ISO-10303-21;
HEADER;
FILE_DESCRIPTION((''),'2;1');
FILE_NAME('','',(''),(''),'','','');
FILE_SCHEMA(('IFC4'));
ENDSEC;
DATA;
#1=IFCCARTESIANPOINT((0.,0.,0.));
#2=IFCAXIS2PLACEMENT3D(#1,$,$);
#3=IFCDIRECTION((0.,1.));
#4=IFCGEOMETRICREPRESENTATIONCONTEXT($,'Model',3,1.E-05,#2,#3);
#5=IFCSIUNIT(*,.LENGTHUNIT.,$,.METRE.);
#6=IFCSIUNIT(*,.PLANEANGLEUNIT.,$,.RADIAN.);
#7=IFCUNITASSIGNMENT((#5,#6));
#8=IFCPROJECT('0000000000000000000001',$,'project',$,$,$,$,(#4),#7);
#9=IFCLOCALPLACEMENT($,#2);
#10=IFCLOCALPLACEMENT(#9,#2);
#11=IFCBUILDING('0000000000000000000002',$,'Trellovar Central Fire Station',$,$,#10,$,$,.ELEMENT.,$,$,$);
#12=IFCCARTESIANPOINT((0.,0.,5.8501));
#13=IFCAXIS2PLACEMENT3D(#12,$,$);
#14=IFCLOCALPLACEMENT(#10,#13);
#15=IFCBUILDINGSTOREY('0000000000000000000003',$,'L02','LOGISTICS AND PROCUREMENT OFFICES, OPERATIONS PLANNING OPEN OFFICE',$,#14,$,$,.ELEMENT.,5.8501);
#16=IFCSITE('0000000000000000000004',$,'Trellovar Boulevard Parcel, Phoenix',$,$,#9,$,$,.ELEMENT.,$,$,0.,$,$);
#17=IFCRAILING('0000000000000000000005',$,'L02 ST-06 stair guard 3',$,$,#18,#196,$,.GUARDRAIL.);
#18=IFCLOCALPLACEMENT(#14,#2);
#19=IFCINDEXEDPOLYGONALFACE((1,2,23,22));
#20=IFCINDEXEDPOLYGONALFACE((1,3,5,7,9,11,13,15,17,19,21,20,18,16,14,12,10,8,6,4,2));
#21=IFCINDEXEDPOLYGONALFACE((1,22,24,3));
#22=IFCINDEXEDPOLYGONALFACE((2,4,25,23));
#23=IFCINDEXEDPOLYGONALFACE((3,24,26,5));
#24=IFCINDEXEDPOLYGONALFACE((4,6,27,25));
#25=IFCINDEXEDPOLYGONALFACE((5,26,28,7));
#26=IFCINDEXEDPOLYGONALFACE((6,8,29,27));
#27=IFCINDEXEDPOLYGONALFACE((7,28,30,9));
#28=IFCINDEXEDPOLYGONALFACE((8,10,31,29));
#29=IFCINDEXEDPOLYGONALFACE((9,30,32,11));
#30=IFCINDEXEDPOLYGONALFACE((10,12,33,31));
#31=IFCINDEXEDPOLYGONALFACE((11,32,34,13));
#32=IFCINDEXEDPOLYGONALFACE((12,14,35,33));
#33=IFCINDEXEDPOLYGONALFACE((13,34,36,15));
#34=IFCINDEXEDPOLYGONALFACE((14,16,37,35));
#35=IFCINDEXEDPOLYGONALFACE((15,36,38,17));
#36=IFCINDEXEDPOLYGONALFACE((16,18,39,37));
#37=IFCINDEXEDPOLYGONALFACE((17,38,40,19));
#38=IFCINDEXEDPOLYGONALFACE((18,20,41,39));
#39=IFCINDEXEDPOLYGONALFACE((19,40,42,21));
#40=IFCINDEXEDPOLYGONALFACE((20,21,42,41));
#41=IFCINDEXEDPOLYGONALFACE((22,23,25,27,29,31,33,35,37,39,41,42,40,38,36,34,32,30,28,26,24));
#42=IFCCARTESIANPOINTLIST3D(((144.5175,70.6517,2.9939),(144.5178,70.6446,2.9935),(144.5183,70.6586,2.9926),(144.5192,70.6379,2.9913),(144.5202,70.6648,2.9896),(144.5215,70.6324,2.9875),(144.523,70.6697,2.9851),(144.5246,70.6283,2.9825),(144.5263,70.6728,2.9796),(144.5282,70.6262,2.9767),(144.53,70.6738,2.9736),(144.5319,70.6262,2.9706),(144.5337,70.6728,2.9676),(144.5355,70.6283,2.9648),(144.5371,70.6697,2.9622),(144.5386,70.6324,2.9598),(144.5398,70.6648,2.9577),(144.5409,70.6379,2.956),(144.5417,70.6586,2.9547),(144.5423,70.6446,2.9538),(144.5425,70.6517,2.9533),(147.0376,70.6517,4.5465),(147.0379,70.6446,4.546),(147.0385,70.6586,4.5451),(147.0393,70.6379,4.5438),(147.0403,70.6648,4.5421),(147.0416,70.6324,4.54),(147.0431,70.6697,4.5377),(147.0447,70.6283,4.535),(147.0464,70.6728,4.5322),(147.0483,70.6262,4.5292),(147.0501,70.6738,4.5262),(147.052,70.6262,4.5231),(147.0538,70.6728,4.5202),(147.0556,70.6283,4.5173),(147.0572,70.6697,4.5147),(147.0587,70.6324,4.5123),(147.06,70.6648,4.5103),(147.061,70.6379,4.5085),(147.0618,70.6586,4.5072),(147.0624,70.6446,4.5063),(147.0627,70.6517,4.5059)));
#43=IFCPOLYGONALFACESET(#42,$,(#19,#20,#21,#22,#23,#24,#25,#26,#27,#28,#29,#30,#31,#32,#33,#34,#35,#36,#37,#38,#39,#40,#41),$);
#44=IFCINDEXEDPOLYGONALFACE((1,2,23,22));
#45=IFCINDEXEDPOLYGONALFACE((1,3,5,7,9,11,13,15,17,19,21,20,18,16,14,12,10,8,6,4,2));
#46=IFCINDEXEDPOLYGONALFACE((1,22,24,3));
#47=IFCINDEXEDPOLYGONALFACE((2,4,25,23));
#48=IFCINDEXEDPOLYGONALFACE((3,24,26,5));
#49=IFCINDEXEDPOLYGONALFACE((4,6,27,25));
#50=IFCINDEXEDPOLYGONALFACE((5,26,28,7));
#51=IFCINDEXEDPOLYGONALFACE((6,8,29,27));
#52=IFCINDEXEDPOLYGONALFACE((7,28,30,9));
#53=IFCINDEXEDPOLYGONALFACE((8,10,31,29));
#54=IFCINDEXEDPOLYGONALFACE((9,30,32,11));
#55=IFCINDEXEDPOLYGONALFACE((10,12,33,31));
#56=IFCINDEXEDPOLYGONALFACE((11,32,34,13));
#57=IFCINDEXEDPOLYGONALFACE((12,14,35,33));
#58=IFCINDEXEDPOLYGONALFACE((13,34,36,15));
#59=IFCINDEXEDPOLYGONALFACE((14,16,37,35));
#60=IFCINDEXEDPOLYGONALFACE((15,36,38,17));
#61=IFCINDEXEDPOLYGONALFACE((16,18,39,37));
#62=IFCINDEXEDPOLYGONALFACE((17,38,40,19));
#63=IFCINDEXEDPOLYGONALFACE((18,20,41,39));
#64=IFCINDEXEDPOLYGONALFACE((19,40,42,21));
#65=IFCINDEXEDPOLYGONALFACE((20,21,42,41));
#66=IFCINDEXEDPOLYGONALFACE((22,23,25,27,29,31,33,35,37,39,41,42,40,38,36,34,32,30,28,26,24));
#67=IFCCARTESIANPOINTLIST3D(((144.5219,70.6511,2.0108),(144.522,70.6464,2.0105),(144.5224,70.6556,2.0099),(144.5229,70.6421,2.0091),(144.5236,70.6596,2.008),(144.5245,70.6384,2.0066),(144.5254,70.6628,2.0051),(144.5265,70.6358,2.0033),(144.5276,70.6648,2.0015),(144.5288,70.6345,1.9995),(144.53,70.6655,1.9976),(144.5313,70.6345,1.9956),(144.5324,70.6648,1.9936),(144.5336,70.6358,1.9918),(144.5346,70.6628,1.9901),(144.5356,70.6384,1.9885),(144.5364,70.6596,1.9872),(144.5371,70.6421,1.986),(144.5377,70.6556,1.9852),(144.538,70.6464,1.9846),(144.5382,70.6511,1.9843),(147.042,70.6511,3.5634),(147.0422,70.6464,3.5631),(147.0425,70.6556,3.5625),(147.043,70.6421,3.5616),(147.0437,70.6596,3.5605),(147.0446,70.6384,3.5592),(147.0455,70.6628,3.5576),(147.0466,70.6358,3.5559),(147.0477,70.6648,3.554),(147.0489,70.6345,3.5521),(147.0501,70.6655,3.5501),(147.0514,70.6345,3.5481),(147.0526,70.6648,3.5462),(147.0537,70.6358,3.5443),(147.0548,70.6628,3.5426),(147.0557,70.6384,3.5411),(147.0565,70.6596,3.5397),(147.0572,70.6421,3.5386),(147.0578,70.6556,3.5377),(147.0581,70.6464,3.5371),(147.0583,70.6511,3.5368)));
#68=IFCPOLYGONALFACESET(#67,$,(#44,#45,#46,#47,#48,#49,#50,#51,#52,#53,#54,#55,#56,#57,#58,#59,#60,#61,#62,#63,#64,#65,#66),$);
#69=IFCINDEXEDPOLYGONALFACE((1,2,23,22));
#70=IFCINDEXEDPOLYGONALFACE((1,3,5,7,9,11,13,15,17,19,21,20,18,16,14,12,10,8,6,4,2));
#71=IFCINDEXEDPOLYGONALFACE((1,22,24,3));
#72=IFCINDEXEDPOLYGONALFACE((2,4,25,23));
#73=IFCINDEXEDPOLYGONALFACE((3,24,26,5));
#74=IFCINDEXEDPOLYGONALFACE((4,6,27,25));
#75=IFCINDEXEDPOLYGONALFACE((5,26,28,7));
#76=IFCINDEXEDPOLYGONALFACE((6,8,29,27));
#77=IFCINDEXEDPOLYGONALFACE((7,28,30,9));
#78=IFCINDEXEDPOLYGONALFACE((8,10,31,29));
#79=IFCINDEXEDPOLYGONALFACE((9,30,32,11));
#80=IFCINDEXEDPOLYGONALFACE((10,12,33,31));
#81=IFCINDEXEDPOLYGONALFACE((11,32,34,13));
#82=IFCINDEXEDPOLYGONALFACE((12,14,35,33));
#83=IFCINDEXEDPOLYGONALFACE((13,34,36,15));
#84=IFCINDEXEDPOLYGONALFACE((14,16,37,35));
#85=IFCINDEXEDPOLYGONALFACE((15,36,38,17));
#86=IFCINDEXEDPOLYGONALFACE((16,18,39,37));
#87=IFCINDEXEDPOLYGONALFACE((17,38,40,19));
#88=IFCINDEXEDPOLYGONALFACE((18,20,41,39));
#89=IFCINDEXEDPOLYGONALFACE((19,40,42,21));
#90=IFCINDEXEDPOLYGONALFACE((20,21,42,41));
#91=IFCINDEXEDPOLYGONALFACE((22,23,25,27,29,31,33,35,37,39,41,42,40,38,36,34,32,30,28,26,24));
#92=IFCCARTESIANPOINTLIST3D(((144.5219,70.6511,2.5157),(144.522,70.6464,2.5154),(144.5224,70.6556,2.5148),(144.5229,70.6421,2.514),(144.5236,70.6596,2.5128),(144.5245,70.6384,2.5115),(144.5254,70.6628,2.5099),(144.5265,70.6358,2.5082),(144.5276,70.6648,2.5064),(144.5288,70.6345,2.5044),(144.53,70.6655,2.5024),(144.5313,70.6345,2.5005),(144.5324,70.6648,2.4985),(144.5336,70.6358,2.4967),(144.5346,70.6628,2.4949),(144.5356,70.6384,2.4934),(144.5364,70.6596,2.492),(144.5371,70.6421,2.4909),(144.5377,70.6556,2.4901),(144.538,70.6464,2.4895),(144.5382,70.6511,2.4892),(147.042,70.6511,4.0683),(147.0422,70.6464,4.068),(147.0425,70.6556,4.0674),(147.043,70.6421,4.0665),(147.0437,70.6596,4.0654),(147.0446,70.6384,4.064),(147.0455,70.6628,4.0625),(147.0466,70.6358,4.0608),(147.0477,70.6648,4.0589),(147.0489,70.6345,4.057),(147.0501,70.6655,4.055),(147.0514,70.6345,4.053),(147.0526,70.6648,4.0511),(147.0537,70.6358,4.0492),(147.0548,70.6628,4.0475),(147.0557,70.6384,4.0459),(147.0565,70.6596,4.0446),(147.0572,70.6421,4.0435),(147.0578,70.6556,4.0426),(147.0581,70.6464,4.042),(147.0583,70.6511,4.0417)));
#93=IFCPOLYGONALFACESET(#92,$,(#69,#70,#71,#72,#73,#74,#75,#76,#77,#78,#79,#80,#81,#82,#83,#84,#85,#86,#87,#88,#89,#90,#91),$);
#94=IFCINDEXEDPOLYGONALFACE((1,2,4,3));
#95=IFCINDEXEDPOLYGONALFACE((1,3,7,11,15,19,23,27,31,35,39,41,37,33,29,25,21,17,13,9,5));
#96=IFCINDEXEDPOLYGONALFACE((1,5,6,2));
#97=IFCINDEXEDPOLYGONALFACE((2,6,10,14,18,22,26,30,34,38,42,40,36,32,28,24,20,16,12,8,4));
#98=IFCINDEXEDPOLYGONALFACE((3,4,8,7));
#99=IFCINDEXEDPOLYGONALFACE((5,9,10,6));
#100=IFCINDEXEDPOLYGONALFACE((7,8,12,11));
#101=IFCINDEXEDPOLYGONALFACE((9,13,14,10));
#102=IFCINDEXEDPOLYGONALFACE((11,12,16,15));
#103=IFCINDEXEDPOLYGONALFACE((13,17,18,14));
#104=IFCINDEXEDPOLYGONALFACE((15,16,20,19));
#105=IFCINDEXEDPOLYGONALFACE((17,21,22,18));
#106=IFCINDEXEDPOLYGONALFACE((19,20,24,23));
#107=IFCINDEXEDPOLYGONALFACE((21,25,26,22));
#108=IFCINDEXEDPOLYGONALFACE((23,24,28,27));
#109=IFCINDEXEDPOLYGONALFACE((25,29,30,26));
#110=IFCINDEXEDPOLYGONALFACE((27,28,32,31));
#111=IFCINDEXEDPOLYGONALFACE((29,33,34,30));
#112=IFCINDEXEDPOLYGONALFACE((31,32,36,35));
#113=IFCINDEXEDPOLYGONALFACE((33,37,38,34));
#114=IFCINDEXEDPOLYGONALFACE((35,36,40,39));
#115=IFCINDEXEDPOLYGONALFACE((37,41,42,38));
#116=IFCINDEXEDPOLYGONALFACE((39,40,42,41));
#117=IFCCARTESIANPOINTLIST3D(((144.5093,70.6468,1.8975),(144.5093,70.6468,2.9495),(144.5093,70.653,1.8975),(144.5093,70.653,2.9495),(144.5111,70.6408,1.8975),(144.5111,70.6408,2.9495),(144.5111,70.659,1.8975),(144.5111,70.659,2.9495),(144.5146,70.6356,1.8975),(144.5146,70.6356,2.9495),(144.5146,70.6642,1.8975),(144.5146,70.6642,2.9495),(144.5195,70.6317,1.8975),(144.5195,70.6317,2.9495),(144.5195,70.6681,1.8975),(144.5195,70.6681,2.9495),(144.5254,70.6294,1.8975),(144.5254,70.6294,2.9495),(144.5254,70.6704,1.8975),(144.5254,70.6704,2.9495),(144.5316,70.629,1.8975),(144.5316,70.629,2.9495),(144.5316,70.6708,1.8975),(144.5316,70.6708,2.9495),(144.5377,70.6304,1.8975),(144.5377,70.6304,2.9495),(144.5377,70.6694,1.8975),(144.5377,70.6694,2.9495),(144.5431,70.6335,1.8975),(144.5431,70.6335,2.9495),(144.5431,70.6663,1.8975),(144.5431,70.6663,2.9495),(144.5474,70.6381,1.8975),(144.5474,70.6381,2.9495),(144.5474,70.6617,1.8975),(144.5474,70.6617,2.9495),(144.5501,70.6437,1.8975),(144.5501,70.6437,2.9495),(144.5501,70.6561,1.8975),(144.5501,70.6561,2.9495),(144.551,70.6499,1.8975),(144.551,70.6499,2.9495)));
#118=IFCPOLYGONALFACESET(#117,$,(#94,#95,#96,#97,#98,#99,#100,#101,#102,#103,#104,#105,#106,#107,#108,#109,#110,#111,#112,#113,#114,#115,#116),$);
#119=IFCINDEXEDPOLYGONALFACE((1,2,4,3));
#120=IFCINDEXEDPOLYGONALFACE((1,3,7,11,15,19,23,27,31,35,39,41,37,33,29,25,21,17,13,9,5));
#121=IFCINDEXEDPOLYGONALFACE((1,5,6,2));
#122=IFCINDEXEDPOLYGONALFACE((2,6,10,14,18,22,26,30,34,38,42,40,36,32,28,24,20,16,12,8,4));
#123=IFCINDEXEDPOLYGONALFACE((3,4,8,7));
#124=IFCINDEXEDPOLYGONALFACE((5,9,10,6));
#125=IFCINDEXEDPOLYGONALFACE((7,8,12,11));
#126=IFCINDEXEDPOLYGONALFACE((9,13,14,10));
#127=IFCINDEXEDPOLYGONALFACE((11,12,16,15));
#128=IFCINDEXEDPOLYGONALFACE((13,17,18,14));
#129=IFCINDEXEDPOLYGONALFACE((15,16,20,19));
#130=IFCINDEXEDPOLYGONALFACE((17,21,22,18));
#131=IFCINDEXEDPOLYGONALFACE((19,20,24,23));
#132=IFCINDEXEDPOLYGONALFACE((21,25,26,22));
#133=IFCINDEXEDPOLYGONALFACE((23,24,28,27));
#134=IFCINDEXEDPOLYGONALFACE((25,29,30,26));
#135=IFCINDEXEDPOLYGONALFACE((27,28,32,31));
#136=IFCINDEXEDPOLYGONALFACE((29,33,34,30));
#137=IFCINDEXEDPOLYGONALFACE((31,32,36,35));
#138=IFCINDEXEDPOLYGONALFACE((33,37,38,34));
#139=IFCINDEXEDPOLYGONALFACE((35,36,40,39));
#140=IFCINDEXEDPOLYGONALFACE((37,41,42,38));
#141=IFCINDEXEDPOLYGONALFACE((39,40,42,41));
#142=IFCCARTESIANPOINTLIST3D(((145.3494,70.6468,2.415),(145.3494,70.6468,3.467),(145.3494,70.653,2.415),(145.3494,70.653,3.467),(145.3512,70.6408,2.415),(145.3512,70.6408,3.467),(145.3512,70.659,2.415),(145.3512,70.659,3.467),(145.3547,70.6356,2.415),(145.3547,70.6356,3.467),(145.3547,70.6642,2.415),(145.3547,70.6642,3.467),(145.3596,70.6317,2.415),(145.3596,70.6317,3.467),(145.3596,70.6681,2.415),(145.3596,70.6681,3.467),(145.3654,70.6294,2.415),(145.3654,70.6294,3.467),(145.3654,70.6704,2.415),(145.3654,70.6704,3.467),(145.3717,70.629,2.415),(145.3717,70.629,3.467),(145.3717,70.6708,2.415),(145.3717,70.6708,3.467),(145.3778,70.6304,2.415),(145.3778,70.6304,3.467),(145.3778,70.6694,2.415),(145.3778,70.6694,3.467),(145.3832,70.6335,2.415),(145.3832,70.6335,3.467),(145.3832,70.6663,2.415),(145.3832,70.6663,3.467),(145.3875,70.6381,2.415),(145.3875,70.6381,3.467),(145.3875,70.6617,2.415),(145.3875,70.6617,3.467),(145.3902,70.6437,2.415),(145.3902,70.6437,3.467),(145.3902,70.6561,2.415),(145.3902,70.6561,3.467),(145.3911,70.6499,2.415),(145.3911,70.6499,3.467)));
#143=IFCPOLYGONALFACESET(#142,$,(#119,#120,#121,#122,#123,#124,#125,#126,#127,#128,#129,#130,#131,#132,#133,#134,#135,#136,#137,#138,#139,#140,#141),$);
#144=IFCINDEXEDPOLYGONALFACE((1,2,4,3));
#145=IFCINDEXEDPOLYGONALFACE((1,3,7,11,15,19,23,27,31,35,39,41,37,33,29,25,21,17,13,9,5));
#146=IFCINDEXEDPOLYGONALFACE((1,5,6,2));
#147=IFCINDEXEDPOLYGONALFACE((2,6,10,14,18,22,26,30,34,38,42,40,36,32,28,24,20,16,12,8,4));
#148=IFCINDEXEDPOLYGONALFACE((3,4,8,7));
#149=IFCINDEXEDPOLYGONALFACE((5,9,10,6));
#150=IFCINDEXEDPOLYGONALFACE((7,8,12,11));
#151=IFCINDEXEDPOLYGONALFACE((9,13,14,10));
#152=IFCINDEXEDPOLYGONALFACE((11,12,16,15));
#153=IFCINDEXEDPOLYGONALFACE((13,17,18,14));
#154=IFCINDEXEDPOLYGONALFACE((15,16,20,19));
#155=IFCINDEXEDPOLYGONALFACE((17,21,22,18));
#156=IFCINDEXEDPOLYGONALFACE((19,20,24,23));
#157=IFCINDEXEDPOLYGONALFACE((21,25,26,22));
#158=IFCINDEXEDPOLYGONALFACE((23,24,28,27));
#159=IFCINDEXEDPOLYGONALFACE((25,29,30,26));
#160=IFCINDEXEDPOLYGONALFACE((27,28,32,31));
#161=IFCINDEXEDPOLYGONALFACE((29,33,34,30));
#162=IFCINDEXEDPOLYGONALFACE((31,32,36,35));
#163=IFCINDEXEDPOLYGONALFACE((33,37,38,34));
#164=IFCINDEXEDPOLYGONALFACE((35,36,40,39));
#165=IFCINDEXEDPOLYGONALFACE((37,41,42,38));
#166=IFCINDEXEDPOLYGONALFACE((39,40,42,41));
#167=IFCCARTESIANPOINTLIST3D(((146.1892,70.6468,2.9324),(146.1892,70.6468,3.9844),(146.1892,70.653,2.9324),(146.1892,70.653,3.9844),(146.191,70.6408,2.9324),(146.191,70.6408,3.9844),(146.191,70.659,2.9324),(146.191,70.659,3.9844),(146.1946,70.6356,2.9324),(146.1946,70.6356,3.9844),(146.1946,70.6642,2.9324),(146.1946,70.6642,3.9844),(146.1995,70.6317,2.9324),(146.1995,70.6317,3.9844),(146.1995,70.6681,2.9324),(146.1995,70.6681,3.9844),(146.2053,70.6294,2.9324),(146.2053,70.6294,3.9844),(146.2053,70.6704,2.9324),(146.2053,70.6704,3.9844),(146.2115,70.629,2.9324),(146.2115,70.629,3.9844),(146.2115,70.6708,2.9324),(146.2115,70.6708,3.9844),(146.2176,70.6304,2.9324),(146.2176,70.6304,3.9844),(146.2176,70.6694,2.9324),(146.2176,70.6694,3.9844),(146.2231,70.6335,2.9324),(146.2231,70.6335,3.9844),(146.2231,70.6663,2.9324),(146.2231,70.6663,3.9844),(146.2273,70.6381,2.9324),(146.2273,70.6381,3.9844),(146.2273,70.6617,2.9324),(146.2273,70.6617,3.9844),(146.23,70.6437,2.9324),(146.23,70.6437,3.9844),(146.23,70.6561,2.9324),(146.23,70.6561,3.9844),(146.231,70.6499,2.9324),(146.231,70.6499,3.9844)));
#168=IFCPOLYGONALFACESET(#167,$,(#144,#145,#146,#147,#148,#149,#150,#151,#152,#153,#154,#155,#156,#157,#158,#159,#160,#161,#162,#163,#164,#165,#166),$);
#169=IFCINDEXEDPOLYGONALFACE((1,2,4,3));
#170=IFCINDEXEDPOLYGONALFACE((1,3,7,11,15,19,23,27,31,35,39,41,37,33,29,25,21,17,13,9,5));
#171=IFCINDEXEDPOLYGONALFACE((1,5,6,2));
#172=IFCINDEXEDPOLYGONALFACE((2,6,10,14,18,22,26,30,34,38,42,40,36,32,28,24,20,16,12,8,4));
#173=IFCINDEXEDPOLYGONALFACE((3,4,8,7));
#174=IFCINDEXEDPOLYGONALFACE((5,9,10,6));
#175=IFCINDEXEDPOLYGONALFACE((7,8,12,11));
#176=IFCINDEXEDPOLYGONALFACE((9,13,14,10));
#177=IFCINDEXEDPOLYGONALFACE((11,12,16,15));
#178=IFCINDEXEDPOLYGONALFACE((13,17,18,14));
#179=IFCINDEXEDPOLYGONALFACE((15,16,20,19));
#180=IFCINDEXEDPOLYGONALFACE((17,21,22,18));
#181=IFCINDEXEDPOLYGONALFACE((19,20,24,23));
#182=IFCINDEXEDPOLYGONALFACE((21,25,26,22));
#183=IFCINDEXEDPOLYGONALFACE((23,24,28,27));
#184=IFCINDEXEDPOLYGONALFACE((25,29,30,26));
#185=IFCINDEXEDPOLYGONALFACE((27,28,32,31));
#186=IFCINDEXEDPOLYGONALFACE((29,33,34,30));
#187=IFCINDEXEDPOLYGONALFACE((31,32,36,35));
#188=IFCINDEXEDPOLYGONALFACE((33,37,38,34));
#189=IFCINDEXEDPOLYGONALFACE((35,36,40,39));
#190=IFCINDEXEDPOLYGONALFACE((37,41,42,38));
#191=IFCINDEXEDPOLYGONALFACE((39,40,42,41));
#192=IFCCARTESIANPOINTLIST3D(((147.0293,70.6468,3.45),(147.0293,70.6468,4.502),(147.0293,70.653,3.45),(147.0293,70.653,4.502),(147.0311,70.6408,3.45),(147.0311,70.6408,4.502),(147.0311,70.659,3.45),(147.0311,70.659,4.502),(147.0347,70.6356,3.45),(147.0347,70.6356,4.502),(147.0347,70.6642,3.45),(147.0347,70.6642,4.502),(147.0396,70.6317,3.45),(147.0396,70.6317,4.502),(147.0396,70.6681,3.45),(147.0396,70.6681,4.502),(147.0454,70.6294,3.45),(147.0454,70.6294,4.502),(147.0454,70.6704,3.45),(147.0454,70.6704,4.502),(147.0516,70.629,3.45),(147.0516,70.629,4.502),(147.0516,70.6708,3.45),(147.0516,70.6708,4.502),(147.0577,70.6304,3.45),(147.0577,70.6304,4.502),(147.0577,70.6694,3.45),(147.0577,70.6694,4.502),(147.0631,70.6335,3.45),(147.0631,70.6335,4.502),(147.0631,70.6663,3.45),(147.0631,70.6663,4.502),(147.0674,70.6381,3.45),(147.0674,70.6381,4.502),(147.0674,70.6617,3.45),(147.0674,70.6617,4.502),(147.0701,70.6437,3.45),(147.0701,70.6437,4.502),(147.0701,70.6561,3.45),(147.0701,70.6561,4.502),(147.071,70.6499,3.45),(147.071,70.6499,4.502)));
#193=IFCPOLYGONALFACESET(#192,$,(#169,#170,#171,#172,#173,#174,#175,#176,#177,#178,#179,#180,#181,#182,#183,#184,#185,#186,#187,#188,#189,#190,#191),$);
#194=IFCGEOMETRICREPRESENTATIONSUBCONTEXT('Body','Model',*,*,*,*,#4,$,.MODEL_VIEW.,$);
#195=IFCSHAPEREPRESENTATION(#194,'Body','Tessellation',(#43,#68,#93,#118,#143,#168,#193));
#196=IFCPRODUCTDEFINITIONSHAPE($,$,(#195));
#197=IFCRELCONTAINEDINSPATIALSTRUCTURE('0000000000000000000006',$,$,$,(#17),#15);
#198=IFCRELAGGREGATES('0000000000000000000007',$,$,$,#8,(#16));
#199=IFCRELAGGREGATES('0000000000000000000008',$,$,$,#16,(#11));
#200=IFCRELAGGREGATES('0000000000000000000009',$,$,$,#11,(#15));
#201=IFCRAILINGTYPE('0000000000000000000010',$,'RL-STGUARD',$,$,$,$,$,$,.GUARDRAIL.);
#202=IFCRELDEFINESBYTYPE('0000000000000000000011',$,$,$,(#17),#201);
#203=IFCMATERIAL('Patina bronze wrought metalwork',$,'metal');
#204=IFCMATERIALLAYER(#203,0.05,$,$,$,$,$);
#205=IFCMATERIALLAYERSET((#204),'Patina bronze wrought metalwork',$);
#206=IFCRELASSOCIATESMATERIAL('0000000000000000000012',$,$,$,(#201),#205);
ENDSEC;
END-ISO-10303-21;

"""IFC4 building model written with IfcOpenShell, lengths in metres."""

from ifc_helpers import new_model, si_unit, direction, frame, origin, origin_2d, place, context, subcontext, project, spatial, circle, extrude, material, layer, layer_set, type_object, element, save


model = new_model("IFC4")

# Units and contexts
model_context = context("Model", 3, precision=1e-05, world=origin(), true_north=direction((0.0, 1.0)))
body_context = subcontext(model_context, "Body", "Model", "MODEL_VIEW")
ifc_project = project(units=[si_unit("LENGTHUNIT", "METRE"), si_unit("PLANEANGLEUNIT", "RADIAN")], contexts=[model_context])

# Site, building, storey
site_placement = place(None, origin())
site = spatial("IfcSite", under=ifc_project, at=site_placement, Name="Trellovar Boulevard Parcel, Phoenix", CompositionType="ELEMENT", RefElevation=0.0)
building_placement = place(site_placement, origin())
building = spatial("IfcBuilding", under=site, at=building_placement, Name="Trellovar Central Fire Station", CompositionType="ELEMENT")
storey_placement = place(building_placement, frame((0.0, 0.0, 5.8501)))
storey = spatial("IfcBuildingStorey", under=building, at=storey_placement, Name="L02", Description="LOGISTICS AND PROCUREMENT OFFICES, OPERATIONS PLANNING OPEN OFFICE", CompositionType="ELEMENT", Elevation=5.8501)

# Railing
ifc_material_1 = material(Name="Patina bronze wrought metalwork", Category="metal")
ifc_layer_1 = layer(ifc_material_1, 0.05)
ifc_layer_set_1 = layer_set([ifc_layer_1], Name="Patina bronze wrought metalwork")
railing_type_1 = type_object("IfcRailingType", Name="RL-STGUARD", PredefinedType="GUARDRAIL", material=ifc_layer_set_1)
railing_1_placement = place(storey_placement, frame((144.53, 70.6499, 1.8975)))
element("IfcRailing", 1, at=railing_1_placement, inside=storey, type_object=railing_type_1, Name="L02 ST-06 stair guard 3", PredefinedType="GUARDRAIL", context=body_context, shape_type="SweptSolid", body=[
    extrude(circle(Radius=0.0239, at=origin_2d()), frame((0.0, 0.0, 1.0762), z_axis=(0.8514, 0.0, 0.524516), x_axis=(0.0, 1.0, 0.0)), (0.0, 0.0, 1.0), 2.96),
    extrude(circle(Radius=0.0156, at=origin_2d()), frame((0.0, 0.0, 0.1001), z_axis=(0.8514, 0.0, 0.524516), x_axis=(0.0, 1.0, 0.0)), (0.0, 0.0, 1.0), 2.96),
    extrude(circle(Radius=0.0156, at=origin_2d()), frame((0.0, 0.0, 0.605), z_axis=(0.8514, 0.0, 0.524516), x_axis=(0.0, 1.0, 0.0)), (0.0, 0.0, 1.0), 2.96),
    extrude(circle(Radius=0.021, at=origin_2d()), origin(), (0.0, 0.0, 1.0), 1.052),
    extrude(circle(Radius=0.021, at=origin_2d()), frame((0.8401, 0.0, 0.5176)), (0.0, 0.0, 1.0), 1.052),
    extrude(circle(Radius=0.021, at=origin_2d()), frame((1.6799, 0.0, 1.0349)), (0.0, 0.0, 1.0), 1.052),
    extrude(circle(Radius=0.021, at=origin_2d()), frame((2.52, 0.0, 1.5525)), (0.0, 0.0, 1.0), 1.052),
])

save(model, "model.ifc")
